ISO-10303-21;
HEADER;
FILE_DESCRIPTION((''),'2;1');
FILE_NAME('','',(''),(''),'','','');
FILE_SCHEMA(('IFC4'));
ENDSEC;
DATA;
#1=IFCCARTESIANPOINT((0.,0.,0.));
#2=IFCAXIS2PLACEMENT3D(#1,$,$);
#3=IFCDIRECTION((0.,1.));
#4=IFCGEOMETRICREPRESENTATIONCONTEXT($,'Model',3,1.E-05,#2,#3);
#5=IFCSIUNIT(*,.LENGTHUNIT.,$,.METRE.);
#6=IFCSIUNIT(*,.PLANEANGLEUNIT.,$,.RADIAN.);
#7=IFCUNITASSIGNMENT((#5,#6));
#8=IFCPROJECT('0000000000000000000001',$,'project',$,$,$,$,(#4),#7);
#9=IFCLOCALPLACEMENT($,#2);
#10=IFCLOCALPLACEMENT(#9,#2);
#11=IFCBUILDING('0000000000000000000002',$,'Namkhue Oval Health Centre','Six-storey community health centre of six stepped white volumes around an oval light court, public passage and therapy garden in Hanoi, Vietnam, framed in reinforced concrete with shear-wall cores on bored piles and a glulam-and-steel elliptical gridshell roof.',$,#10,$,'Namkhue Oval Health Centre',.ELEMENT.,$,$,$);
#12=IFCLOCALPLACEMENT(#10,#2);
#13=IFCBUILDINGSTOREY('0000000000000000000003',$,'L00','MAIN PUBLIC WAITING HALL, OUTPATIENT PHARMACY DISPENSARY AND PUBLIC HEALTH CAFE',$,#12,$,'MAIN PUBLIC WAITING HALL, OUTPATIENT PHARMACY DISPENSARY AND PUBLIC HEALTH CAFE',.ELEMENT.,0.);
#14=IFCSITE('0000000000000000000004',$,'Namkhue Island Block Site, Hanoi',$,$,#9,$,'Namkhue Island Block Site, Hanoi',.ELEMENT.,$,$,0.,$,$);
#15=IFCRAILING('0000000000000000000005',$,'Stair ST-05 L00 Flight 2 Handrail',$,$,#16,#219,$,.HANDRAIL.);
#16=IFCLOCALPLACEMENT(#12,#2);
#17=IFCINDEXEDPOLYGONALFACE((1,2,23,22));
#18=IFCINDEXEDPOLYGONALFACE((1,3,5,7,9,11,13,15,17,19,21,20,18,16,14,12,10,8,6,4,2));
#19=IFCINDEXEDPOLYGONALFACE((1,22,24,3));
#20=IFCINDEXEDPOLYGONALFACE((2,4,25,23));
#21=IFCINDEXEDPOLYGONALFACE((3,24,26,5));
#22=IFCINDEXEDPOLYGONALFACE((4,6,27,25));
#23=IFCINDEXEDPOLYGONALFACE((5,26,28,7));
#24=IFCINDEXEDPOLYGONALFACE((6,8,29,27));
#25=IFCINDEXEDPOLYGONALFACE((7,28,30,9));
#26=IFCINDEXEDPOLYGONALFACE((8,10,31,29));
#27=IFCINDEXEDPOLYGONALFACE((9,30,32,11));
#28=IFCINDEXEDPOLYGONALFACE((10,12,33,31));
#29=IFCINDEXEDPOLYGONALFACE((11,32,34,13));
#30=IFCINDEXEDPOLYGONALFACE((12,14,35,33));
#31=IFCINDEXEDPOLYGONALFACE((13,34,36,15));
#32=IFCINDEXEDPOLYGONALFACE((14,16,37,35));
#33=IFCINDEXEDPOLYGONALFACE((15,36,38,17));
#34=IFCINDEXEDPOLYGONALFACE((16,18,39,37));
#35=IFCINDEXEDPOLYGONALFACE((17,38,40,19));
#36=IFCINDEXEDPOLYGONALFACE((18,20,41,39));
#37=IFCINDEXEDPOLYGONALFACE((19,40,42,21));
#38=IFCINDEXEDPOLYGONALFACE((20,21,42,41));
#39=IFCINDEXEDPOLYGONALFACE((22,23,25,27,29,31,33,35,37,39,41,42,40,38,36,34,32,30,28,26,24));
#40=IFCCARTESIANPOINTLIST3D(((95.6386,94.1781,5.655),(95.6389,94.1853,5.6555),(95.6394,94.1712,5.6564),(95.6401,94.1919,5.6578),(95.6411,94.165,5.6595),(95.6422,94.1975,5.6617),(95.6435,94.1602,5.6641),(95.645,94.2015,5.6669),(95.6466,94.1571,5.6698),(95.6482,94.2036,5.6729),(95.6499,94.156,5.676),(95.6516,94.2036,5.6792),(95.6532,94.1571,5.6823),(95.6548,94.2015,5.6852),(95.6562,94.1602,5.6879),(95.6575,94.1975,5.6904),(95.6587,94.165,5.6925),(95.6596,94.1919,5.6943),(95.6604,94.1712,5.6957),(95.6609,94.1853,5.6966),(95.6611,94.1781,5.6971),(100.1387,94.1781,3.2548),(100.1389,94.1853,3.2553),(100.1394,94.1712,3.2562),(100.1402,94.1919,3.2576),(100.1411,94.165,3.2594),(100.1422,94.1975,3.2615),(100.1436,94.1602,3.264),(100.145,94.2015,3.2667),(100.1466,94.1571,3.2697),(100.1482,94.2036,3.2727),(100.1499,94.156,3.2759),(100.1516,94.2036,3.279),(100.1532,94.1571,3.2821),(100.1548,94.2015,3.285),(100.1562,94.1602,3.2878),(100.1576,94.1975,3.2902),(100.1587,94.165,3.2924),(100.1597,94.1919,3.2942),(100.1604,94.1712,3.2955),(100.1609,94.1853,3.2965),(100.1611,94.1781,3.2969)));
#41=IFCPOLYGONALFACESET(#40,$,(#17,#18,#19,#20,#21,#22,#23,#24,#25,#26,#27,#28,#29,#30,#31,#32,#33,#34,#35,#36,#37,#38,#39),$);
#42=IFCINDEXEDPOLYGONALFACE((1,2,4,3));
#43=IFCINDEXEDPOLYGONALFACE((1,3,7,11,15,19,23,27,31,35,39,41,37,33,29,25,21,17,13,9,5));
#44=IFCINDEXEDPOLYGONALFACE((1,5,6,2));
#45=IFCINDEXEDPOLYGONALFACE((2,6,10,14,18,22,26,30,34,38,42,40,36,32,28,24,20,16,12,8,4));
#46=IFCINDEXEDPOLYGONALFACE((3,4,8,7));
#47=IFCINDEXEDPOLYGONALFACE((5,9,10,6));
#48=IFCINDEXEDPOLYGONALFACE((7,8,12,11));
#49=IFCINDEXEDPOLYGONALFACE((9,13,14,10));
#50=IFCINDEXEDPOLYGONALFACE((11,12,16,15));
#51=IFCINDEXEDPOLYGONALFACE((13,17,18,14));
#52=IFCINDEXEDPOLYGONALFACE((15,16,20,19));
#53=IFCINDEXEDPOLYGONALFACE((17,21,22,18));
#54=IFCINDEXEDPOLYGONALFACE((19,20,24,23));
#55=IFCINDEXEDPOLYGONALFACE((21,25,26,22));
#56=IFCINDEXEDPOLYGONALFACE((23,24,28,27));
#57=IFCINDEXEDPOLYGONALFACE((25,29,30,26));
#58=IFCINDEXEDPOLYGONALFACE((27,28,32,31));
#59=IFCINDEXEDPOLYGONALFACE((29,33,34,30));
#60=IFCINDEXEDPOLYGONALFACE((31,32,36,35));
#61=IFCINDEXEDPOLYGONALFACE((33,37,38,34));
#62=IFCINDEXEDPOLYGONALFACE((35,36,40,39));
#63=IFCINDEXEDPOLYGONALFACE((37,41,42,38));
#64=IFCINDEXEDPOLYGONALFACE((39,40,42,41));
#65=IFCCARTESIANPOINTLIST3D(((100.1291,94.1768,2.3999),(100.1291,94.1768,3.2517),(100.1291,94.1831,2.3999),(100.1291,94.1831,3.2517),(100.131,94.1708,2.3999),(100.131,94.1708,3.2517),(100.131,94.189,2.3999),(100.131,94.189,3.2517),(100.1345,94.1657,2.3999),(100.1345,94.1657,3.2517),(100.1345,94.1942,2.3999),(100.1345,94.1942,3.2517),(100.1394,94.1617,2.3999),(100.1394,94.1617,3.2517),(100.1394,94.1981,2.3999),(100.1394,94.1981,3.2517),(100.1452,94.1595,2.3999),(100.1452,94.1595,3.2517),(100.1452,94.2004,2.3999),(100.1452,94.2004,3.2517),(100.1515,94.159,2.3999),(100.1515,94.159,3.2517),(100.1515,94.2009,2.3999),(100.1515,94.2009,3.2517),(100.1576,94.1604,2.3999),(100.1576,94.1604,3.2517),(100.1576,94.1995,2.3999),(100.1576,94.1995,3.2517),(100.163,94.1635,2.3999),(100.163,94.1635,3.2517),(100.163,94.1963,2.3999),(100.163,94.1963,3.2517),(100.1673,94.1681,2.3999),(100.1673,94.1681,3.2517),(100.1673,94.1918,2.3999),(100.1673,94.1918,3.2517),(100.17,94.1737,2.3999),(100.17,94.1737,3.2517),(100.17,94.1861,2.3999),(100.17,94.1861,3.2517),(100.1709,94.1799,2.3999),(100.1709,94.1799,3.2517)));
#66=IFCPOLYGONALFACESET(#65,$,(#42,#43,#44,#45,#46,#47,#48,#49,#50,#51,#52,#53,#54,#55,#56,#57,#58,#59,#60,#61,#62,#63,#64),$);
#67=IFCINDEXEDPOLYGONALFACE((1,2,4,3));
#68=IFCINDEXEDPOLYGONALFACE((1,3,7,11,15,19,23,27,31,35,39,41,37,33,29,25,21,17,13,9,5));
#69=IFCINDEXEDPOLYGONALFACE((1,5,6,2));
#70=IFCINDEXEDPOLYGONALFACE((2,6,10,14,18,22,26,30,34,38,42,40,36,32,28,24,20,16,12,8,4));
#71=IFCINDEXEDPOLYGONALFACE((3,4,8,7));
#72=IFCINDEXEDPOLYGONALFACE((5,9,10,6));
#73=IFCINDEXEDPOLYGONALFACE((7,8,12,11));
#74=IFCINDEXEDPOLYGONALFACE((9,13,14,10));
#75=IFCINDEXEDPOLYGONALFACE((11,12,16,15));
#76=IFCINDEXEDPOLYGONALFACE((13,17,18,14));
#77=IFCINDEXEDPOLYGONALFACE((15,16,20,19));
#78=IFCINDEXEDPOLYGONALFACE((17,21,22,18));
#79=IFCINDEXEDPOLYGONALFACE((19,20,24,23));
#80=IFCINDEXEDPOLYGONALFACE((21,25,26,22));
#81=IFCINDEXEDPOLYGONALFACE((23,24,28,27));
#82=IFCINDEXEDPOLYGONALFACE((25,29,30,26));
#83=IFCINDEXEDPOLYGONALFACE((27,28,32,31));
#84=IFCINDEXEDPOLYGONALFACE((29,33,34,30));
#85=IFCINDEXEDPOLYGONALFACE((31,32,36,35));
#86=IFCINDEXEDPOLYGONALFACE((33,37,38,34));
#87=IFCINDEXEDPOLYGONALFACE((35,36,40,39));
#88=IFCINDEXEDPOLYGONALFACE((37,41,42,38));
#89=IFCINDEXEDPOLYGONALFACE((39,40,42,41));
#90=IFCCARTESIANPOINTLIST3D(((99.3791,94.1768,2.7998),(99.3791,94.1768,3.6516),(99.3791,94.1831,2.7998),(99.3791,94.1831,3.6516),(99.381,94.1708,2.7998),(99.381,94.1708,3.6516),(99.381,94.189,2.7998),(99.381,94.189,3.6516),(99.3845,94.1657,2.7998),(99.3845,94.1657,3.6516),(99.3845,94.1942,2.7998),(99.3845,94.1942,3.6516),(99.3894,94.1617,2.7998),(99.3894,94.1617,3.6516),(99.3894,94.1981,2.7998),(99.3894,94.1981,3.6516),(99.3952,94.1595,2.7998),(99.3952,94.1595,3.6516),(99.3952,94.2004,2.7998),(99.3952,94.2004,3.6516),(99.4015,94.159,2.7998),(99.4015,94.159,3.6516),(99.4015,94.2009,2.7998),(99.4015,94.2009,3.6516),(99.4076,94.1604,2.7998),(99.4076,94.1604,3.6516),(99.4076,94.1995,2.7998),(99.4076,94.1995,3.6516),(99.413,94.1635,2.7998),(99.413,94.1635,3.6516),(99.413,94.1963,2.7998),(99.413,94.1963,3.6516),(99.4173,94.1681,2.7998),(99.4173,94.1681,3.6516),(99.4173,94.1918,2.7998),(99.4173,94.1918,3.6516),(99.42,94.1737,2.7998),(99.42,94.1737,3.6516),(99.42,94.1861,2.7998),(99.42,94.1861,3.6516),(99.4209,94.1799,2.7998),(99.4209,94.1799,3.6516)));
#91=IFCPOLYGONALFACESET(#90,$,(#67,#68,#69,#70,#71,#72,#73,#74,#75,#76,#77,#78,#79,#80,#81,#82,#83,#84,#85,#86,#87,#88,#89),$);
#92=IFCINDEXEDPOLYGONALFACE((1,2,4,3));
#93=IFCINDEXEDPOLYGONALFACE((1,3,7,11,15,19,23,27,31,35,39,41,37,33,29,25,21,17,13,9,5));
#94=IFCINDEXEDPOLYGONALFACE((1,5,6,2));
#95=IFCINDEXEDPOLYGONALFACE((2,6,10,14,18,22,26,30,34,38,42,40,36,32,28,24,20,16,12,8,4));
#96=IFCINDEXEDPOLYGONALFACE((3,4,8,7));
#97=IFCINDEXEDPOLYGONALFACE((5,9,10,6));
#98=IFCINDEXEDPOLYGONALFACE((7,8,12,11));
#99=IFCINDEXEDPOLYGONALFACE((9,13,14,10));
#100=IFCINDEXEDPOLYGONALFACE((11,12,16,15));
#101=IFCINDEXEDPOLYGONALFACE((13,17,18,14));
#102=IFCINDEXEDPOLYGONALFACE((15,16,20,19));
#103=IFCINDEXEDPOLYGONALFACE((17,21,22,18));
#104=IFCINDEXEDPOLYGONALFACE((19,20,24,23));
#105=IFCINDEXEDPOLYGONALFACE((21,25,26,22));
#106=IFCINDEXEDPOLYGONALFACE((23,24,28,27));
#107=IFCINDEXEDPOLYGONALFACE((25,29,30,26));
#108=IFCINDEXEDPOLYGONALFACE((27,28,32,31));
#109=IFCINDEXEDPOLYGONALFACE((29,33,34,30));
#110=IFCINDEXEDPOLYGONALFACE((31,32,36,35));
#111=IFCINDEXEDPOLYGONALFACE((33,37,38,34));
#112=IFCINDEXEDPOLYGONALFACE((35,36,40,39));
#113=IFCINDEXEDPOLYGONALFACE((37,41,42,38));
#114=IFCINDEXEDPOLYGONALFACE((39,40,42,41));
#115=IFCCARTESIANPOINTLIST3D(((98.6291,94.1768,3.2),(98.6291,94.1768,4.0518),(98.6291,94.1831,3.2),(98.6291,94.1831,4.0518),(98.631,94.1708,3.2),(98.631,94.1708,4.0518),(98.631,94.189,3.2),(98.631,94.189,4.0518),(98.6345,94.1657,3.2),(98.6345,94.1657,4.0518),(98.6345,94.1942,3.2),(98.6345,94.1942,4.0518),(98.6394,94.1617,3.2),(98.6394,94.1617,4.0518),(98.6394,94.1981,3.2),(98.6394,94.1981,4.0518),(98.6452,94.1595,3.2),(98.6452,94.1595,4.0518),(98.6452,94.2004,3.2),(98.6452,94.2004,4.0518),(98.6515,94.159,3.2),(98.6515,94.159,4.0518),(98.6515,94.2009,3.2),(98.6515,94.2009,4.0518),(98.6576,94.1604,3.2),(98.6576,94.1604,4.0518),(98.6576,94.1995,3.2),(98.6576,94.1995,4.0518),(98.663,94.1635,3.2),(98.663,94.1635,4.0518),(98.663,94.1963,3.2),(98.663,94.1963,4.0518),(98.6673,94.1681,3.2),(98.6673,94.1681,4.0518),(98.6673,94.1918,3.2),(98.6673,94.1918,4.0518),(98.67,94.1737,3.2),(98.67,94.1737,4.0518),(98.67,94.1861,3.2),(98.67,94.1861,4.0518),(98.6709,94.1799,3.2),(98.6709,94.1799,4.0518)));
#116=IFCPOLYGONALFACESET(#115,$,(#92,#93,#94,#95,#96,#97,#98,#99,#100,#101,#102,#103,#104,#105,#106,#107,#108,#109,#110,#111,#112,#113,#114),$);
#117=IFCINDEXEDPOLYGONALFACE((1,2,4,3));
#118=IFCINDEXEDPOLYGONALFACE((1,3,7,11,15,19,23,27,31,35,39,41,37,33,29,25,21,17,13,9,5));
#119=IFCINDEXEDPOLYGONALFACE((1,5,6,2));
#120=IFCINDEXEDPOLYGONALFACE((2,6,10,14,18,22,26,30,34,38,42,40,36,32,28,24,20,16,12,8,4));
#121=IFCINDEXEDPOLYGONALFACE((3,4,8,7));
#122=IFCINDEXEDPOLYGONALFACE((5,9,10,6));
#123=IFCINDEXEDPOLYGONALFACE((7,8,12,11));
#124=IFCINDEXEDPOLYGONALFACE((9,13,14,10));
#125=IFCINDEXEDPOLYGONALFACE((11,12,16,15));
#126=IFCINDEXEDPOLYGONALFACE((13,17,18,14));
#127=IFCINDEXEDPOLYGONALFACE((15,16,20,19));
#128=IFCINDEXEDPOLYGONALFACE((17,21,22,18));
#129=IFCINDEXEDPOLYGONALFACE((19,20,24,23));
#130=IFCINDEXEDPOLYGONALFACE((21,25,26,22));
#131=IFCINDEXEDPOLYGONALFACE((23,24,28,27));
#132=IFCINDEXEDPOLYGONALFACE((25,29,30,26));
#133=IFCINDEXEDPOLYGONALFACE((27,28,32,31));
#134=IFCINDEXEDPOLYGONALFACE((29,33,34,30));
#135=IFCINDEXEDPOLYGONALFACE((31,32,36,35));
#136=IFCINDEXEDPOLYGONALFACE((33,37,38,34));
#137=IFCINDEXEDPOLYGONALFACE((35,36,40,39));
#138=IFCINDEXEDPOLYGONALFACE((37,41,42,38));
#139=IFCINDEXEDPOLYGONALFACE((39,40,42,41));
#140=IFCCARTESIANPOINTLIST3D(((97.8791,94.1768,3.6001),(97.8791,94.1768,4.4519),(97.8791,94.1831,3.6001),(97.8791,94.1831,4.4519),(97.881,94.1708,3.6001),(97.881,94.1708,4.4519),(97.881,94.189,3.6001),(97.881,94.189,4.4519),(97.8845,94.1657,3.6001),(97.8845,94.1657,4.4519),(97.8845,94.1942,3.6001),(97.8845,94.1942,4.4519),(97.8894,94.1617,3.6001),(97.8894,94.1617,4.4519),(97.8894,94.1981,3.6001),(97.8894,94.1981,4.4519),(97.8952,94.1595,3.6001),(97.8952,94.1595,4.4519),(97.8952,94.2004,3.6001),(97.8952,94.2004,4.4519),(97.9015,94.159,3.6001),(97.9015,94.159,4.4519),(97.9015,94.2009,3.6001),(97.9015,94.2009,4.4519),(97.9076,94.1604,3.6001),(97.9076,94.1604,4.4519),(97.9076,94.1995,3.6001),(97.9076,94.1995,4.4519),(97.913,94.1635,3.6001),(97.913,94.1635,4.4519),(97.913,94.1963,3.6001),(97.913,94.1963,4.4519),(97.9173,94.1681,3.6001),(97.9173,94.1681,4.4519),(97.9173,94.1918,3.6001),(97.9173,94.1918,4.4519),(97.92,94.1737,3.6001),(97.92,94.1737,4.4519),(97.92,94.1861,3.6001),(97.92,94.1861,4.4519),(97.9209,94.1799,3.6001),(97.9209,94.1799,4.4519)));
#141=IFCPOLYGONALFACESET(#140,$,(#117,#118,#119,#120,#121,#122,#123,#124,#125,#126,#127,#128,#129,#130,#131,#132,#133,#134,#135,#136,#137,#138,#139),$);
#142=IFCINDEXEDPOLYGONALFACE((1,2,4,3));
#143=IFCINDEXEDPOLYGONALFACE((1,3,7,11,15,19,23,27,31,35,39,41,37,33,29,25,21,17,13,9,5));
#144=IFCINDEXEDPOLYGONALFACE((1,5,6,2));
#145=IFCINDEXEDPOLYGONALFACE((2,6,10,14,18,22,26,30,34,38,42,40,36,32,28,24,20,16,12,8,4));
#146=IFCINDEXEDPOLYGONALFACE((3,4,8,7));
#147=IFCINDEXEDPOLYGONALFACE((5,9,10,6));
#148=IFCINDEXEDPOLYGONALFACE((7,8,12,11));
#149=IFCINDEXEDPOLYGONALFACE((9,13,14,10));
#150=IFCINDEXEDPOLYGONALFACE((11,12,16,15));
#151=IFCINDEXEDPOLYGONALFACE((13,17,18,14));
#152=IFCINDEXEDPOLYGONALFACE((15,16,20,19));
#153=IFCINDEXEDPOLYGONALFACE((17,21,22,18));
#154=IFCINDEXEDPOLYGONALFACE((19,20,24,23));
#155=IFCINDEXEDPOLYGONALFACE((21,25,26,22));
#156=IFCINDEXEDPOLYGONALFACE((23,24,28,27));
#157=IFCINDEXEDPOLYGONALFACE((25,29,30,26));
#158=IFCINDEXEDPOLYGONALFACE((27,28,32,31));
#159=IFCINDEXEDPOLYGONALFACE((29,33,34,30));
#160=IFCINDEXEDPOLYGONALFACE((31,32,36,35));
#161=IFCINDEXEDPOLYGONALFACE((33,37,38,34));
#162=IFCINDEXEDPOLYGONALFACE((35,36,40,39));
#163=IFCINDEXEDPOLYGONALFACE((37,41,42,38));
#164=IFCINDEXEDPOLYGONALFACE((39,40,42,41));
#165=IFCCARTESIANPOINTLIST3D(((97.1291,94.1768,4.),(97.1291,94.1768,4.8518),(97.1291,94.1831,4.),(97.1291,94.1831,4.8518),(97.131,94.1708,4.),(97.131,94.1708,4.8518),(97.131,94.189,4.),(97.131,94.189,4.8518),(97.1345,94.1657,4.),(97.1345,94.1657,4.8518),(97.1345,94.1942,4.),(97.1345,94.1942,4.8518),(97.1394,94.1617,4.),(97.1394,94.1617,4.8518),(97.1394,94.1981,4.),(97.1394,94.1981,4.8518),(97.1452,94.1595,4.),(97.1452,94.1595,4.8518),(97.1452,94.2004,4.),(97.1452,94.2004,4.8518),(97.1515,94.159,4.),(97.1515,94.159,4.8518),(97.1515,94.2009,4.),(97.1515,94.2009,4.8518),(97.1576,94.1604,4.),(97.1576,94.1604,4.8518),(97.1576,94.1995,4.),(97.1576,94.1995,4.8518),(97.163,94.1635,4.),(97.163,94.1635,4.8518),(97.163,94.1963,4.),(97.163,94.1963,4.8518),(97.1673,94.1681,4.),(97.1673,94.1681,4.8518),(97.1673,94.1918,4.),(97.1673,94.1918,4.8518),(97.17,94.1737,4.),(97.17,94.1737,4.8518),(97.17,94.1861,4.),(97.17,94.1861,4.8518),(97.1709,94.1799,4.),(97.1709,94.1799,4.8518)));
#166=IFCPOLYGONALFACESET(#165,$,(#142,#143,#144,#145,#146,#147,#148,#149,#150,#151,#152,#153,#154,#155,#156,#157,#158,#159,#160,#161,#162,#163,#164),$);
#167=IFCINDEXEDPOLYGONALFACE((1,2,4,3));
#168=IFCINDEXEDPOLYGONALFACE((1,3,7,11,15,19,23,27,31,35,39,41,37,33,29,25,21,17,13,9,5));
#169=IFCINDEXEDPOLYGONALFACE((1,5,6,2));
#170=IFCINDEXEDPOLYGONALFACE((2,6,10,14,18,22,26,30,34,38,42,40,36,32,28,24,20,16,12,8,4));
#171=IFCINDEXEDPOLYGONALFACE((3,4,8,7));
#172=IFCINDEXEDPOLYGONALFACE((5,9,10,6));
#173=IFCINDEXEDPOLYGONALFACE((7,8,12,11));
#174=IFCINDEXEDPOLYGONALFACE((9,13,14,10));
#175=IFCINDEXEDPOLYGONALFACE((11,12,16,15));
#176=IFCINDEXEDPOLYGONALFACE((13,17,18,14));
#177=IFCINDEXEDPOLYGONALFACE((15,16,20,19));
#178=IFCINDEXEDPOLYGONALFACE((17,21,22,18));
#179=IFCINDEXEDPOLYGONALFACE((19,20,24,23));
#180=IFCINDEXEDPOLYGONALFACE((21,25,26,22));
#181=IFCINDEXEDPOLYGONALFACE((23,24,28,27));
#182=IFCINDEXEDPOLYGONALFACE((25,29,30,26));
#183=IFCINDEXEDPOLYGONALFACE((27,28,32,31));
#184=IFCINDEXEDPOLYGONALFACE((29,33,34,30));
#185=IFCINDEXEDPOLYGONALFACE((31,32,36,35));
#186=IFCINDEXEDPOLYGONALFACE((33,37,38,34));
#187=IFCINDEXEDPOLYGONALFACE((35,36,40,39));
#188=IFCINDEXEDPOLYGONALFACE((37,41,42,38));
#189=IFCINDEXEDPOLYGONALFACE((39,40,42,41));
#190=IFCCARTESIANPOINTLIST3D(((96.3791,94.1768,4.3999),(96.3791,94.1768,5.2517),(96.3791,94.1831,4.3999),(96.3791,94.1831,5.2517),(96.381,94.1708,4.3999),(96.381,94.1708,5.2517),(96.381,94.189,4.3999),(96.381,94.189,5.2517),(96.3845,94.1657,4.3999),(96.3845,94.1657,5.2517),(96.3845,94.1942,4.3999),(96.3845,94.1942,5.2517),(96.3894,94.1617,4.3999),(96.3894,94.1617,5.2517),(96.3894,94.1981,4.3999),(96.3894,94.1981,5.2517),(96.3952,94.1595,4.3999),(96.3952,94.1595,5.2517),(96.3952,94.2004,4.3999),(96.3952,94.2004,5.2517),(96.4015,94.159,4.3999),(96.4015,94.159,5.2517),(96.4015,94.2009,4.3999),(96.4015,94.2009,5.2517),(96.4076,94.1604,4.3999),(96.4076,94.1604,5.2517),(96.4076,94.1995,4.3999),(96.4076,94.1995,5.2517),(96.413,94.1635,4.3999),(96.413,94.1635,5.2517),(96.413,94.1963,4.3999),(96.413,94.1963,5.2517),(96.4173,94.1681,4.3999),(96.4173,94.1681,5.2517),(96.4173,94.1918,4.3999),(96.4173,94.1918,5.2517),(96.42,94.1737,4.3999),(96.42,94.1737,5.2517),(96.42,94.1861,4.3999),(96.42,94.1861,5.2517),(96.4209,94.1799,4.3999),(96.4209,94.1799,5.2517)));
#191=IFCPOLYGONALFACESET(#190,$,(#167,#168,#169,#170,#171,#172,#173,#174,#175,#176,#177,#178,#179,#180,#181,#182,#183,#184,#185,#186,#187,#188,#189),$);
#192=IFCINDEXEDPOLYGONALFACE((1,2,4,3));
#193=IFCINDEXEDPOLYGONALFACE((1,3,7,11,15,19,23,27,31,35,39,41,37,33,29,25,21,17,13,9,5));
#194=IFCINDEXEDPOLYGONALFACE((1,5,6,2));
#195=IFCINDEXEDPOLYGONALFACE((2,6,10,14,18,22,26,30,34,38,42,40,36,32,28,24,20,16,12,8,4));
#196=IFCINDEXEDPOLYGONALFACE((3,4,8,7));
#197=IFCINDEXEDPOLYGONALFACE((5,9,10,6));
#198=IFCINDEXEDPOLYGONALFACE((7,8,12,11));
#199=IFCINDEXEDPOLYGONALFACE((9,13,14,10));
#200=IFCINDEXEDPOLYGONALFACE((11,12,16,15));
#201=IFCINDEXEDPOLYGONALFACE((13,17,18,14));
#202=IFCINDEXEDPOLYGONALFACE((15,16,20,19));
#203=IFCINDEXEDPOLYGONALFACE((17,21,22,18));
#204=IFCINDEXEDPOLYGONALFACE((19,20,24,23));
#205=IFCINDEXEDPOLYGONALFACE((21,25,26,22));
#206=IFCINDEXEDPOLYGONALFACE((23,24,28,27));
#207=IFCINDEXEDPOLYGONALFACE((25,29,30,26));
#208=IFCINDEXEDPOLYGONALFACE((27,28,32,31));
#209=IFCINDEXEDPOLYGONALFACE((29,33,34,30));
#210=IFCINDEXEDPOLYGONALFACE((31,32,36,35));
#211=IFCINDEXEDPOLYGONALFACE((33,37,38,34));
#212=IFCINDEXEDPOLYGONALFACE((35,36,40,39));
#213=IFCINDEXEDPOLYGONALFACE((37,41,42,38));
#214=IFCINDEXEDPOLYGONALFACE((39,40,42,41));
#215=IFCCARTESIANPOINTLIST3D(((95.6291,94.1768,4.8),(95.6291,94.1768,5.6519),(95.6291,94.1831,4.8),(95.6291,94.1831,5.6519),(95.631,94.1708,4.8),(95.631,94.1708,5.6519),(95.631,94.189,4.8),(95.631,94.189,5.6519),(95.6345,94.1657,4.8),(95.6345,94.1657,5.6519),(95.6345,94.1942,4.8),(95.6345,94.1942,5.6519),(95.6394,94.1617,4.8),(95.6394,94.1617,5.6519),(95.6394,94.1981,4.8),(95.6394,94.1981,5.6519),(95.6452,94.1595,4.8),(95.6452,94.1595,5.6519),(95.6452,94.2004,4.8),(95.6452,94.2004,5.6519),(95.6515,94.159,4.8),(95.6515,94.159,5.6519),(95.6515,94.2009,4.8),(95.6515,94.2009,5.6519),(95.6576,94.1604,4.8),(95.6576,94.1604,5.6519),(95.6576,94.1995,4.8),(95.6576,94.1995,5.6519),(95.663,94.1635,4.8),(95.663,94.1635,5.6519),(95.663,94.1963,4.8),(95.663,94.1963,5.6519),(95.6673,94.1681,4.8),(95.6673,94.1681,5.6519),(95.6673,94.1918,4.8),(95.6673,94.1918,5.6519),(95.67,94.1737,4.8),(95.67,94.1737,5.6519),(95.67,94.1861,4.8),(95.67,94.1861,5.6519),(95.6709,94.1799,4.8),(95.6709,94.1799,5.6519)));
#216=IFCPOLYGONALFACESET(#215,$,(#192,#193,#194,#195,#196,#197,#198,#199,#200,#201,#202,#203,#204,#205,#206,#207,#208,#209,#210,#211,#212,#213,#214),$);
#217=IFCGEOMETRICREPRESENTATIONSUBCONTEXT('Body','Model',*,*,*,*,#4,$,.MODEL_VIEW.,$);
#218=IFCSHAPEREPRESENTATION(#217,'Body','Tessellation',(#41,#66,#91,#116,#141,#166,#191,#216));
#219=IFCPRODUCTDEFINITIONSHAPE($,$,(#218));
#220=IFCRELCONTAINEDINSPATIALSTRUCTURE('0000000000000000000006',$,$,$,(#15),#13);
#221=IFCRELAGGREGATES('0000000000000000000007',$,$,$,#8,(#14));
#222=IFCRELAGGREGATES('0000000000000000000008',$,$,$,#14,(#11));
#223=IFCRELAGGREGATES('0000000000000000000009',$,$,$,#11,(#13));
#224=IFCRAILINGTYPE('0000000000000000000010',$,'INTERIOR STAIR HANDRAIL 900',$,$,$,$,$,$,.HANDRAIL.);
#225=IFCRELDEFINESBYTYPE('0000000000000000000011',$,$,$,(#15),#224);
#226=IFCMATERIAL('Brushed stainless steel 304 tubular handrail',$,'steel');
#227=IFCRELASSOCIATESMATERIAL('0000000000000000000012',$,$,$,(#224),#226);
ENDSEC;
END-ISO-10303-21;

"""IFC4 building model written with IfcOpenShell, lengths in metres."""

from ifc_helpers import new_model, si_unit, direction, frame, origin, origin_2d, place, context, subcontext, project, spatial, circle, extrude, material, type_object, element, save


model = new_model("IFC4")

# Units and contexts
model_context = context("Model", 3, precision=1e-05, world=origin(), true_north=direction((0.0, 1.0)))
body_context = subcontext(model_context, "Body", "Model", "MODEL_VIEW")
ifc_project = project(units=[si_unit("LENGTHUNIT", "METRE"), si_unit("PLANEANGLEUNIT", "RADIAN")], contexts=[model_context])

# Site, building, storey
site_placement = place(None, origin())
site = spatial("IfcSite", under=ifc_project, at=site_placement, Name="Namkhue Island Block Site, Hanoi", LongName="Namkhue Island Block Site, Hanoi", CompositionType="ELEMENT", RefElevation=0.0)
building_placement = place(site_placement, origin())
building = spatial("IfcBuilding", under=site, at=building_placement, Name="Namkhue Oval Health Centre", Description="Six-storey community health centre of six stepped white volumes around an oval light court, public passage and therapy garden in Hanoi, Vietnam, framed in reinforced concrete with shear-wall cores on bored piles and a glulam-and-steel elliptical gridshell roof.", LongName="Namkhue Oval Health Centre", CompositionType="ELEMENT")
storey_placement = place(building_placement, origin())
storey = spatial("IfcBuildingStorey", under=building, at=storey_placement, Name="L00", Description="MAIN PUBLIC WAITING HALL, OUTPATIENT PHARMACY DISPENSARY AND PUBLIC HEALTH CAFE", LongName="MAIN PUBLIC WAITING HALL, OUTPATIENT PHARMACY DISPENSARY AND PUBLIC HEALTH CAFE", CompositionType="ELEMENT", Elevation=0.0)

# Railing
ifc_material_1 = material(Name="Brushed stainless steel 304 tubular handrail", Category="steel")
railing_type = type_object("IfcRailingType", Name="INTERIOR STAIR HANDRAIL 900", PredefinedType="HANDRAIL", material=ifc_material_1)
railing_placement = place(storey_placement, frame((100.1499, 94.1799, 2.3999)))
element("IfcRailing", 1, at=railing_placement, inside=storey, type_object=railing_type, Name="Stair ST-05 L00 Flight 2 Handrail", PredefinedType="HANDRAIL", context=body_context, shape_type="SweptSolid", body=[
    extrude(circle(Radius=0.0239, at=origin_2d()), frame((0.0, 0.0, 0.876), z_axis=(-0.882341, 0.0, 0.470611), x_axis=(0.0, -1.0, 0.0)), (0.0, 0.0, 1.0), 5.1001),
    extrude(circle(Radius=0.021, at=origin_2d()), origin(), (0.0, 0.0, 1.0), 0.8518),
    extrude(circle(Radius=0.021, at=origin_2d()), frame((-0.75, 0.0, 0.3999)), (0.0, 0.0, 1.0), 0.8518),
    extrude(circle(Radius=0.021, at=origin_2d()), frame((-1.5, 0.0, 0.8)), (0.0, 0.0, 1.0), 0.8518),
    extrude(circle(Radius=0.021, at=origin_2d()), frame((-2.25, 0.0, 1.2002)), (0.0, 0.0, 1.0), 0.8518),
    extrude(circle(Radius=0.021, at=origin_2d()), frame((-3.0, 0.0, 1.6001)), (0.0, 0.0, 1.0), 0.8518),
    extrude(circle(Radius=0.021, at=origin_2d()), frame((-3.75, 0.0, 2.0)), (0.0, 0.0, 1.0), 0.8518),
    extrude(circle(Radius=0.021, at=origin_2d()), frame((-4.5, 0.0, 2.4001)), (0.0, 0.0, 1.0), 0.8518),
])

save(model, "model.ifc")
